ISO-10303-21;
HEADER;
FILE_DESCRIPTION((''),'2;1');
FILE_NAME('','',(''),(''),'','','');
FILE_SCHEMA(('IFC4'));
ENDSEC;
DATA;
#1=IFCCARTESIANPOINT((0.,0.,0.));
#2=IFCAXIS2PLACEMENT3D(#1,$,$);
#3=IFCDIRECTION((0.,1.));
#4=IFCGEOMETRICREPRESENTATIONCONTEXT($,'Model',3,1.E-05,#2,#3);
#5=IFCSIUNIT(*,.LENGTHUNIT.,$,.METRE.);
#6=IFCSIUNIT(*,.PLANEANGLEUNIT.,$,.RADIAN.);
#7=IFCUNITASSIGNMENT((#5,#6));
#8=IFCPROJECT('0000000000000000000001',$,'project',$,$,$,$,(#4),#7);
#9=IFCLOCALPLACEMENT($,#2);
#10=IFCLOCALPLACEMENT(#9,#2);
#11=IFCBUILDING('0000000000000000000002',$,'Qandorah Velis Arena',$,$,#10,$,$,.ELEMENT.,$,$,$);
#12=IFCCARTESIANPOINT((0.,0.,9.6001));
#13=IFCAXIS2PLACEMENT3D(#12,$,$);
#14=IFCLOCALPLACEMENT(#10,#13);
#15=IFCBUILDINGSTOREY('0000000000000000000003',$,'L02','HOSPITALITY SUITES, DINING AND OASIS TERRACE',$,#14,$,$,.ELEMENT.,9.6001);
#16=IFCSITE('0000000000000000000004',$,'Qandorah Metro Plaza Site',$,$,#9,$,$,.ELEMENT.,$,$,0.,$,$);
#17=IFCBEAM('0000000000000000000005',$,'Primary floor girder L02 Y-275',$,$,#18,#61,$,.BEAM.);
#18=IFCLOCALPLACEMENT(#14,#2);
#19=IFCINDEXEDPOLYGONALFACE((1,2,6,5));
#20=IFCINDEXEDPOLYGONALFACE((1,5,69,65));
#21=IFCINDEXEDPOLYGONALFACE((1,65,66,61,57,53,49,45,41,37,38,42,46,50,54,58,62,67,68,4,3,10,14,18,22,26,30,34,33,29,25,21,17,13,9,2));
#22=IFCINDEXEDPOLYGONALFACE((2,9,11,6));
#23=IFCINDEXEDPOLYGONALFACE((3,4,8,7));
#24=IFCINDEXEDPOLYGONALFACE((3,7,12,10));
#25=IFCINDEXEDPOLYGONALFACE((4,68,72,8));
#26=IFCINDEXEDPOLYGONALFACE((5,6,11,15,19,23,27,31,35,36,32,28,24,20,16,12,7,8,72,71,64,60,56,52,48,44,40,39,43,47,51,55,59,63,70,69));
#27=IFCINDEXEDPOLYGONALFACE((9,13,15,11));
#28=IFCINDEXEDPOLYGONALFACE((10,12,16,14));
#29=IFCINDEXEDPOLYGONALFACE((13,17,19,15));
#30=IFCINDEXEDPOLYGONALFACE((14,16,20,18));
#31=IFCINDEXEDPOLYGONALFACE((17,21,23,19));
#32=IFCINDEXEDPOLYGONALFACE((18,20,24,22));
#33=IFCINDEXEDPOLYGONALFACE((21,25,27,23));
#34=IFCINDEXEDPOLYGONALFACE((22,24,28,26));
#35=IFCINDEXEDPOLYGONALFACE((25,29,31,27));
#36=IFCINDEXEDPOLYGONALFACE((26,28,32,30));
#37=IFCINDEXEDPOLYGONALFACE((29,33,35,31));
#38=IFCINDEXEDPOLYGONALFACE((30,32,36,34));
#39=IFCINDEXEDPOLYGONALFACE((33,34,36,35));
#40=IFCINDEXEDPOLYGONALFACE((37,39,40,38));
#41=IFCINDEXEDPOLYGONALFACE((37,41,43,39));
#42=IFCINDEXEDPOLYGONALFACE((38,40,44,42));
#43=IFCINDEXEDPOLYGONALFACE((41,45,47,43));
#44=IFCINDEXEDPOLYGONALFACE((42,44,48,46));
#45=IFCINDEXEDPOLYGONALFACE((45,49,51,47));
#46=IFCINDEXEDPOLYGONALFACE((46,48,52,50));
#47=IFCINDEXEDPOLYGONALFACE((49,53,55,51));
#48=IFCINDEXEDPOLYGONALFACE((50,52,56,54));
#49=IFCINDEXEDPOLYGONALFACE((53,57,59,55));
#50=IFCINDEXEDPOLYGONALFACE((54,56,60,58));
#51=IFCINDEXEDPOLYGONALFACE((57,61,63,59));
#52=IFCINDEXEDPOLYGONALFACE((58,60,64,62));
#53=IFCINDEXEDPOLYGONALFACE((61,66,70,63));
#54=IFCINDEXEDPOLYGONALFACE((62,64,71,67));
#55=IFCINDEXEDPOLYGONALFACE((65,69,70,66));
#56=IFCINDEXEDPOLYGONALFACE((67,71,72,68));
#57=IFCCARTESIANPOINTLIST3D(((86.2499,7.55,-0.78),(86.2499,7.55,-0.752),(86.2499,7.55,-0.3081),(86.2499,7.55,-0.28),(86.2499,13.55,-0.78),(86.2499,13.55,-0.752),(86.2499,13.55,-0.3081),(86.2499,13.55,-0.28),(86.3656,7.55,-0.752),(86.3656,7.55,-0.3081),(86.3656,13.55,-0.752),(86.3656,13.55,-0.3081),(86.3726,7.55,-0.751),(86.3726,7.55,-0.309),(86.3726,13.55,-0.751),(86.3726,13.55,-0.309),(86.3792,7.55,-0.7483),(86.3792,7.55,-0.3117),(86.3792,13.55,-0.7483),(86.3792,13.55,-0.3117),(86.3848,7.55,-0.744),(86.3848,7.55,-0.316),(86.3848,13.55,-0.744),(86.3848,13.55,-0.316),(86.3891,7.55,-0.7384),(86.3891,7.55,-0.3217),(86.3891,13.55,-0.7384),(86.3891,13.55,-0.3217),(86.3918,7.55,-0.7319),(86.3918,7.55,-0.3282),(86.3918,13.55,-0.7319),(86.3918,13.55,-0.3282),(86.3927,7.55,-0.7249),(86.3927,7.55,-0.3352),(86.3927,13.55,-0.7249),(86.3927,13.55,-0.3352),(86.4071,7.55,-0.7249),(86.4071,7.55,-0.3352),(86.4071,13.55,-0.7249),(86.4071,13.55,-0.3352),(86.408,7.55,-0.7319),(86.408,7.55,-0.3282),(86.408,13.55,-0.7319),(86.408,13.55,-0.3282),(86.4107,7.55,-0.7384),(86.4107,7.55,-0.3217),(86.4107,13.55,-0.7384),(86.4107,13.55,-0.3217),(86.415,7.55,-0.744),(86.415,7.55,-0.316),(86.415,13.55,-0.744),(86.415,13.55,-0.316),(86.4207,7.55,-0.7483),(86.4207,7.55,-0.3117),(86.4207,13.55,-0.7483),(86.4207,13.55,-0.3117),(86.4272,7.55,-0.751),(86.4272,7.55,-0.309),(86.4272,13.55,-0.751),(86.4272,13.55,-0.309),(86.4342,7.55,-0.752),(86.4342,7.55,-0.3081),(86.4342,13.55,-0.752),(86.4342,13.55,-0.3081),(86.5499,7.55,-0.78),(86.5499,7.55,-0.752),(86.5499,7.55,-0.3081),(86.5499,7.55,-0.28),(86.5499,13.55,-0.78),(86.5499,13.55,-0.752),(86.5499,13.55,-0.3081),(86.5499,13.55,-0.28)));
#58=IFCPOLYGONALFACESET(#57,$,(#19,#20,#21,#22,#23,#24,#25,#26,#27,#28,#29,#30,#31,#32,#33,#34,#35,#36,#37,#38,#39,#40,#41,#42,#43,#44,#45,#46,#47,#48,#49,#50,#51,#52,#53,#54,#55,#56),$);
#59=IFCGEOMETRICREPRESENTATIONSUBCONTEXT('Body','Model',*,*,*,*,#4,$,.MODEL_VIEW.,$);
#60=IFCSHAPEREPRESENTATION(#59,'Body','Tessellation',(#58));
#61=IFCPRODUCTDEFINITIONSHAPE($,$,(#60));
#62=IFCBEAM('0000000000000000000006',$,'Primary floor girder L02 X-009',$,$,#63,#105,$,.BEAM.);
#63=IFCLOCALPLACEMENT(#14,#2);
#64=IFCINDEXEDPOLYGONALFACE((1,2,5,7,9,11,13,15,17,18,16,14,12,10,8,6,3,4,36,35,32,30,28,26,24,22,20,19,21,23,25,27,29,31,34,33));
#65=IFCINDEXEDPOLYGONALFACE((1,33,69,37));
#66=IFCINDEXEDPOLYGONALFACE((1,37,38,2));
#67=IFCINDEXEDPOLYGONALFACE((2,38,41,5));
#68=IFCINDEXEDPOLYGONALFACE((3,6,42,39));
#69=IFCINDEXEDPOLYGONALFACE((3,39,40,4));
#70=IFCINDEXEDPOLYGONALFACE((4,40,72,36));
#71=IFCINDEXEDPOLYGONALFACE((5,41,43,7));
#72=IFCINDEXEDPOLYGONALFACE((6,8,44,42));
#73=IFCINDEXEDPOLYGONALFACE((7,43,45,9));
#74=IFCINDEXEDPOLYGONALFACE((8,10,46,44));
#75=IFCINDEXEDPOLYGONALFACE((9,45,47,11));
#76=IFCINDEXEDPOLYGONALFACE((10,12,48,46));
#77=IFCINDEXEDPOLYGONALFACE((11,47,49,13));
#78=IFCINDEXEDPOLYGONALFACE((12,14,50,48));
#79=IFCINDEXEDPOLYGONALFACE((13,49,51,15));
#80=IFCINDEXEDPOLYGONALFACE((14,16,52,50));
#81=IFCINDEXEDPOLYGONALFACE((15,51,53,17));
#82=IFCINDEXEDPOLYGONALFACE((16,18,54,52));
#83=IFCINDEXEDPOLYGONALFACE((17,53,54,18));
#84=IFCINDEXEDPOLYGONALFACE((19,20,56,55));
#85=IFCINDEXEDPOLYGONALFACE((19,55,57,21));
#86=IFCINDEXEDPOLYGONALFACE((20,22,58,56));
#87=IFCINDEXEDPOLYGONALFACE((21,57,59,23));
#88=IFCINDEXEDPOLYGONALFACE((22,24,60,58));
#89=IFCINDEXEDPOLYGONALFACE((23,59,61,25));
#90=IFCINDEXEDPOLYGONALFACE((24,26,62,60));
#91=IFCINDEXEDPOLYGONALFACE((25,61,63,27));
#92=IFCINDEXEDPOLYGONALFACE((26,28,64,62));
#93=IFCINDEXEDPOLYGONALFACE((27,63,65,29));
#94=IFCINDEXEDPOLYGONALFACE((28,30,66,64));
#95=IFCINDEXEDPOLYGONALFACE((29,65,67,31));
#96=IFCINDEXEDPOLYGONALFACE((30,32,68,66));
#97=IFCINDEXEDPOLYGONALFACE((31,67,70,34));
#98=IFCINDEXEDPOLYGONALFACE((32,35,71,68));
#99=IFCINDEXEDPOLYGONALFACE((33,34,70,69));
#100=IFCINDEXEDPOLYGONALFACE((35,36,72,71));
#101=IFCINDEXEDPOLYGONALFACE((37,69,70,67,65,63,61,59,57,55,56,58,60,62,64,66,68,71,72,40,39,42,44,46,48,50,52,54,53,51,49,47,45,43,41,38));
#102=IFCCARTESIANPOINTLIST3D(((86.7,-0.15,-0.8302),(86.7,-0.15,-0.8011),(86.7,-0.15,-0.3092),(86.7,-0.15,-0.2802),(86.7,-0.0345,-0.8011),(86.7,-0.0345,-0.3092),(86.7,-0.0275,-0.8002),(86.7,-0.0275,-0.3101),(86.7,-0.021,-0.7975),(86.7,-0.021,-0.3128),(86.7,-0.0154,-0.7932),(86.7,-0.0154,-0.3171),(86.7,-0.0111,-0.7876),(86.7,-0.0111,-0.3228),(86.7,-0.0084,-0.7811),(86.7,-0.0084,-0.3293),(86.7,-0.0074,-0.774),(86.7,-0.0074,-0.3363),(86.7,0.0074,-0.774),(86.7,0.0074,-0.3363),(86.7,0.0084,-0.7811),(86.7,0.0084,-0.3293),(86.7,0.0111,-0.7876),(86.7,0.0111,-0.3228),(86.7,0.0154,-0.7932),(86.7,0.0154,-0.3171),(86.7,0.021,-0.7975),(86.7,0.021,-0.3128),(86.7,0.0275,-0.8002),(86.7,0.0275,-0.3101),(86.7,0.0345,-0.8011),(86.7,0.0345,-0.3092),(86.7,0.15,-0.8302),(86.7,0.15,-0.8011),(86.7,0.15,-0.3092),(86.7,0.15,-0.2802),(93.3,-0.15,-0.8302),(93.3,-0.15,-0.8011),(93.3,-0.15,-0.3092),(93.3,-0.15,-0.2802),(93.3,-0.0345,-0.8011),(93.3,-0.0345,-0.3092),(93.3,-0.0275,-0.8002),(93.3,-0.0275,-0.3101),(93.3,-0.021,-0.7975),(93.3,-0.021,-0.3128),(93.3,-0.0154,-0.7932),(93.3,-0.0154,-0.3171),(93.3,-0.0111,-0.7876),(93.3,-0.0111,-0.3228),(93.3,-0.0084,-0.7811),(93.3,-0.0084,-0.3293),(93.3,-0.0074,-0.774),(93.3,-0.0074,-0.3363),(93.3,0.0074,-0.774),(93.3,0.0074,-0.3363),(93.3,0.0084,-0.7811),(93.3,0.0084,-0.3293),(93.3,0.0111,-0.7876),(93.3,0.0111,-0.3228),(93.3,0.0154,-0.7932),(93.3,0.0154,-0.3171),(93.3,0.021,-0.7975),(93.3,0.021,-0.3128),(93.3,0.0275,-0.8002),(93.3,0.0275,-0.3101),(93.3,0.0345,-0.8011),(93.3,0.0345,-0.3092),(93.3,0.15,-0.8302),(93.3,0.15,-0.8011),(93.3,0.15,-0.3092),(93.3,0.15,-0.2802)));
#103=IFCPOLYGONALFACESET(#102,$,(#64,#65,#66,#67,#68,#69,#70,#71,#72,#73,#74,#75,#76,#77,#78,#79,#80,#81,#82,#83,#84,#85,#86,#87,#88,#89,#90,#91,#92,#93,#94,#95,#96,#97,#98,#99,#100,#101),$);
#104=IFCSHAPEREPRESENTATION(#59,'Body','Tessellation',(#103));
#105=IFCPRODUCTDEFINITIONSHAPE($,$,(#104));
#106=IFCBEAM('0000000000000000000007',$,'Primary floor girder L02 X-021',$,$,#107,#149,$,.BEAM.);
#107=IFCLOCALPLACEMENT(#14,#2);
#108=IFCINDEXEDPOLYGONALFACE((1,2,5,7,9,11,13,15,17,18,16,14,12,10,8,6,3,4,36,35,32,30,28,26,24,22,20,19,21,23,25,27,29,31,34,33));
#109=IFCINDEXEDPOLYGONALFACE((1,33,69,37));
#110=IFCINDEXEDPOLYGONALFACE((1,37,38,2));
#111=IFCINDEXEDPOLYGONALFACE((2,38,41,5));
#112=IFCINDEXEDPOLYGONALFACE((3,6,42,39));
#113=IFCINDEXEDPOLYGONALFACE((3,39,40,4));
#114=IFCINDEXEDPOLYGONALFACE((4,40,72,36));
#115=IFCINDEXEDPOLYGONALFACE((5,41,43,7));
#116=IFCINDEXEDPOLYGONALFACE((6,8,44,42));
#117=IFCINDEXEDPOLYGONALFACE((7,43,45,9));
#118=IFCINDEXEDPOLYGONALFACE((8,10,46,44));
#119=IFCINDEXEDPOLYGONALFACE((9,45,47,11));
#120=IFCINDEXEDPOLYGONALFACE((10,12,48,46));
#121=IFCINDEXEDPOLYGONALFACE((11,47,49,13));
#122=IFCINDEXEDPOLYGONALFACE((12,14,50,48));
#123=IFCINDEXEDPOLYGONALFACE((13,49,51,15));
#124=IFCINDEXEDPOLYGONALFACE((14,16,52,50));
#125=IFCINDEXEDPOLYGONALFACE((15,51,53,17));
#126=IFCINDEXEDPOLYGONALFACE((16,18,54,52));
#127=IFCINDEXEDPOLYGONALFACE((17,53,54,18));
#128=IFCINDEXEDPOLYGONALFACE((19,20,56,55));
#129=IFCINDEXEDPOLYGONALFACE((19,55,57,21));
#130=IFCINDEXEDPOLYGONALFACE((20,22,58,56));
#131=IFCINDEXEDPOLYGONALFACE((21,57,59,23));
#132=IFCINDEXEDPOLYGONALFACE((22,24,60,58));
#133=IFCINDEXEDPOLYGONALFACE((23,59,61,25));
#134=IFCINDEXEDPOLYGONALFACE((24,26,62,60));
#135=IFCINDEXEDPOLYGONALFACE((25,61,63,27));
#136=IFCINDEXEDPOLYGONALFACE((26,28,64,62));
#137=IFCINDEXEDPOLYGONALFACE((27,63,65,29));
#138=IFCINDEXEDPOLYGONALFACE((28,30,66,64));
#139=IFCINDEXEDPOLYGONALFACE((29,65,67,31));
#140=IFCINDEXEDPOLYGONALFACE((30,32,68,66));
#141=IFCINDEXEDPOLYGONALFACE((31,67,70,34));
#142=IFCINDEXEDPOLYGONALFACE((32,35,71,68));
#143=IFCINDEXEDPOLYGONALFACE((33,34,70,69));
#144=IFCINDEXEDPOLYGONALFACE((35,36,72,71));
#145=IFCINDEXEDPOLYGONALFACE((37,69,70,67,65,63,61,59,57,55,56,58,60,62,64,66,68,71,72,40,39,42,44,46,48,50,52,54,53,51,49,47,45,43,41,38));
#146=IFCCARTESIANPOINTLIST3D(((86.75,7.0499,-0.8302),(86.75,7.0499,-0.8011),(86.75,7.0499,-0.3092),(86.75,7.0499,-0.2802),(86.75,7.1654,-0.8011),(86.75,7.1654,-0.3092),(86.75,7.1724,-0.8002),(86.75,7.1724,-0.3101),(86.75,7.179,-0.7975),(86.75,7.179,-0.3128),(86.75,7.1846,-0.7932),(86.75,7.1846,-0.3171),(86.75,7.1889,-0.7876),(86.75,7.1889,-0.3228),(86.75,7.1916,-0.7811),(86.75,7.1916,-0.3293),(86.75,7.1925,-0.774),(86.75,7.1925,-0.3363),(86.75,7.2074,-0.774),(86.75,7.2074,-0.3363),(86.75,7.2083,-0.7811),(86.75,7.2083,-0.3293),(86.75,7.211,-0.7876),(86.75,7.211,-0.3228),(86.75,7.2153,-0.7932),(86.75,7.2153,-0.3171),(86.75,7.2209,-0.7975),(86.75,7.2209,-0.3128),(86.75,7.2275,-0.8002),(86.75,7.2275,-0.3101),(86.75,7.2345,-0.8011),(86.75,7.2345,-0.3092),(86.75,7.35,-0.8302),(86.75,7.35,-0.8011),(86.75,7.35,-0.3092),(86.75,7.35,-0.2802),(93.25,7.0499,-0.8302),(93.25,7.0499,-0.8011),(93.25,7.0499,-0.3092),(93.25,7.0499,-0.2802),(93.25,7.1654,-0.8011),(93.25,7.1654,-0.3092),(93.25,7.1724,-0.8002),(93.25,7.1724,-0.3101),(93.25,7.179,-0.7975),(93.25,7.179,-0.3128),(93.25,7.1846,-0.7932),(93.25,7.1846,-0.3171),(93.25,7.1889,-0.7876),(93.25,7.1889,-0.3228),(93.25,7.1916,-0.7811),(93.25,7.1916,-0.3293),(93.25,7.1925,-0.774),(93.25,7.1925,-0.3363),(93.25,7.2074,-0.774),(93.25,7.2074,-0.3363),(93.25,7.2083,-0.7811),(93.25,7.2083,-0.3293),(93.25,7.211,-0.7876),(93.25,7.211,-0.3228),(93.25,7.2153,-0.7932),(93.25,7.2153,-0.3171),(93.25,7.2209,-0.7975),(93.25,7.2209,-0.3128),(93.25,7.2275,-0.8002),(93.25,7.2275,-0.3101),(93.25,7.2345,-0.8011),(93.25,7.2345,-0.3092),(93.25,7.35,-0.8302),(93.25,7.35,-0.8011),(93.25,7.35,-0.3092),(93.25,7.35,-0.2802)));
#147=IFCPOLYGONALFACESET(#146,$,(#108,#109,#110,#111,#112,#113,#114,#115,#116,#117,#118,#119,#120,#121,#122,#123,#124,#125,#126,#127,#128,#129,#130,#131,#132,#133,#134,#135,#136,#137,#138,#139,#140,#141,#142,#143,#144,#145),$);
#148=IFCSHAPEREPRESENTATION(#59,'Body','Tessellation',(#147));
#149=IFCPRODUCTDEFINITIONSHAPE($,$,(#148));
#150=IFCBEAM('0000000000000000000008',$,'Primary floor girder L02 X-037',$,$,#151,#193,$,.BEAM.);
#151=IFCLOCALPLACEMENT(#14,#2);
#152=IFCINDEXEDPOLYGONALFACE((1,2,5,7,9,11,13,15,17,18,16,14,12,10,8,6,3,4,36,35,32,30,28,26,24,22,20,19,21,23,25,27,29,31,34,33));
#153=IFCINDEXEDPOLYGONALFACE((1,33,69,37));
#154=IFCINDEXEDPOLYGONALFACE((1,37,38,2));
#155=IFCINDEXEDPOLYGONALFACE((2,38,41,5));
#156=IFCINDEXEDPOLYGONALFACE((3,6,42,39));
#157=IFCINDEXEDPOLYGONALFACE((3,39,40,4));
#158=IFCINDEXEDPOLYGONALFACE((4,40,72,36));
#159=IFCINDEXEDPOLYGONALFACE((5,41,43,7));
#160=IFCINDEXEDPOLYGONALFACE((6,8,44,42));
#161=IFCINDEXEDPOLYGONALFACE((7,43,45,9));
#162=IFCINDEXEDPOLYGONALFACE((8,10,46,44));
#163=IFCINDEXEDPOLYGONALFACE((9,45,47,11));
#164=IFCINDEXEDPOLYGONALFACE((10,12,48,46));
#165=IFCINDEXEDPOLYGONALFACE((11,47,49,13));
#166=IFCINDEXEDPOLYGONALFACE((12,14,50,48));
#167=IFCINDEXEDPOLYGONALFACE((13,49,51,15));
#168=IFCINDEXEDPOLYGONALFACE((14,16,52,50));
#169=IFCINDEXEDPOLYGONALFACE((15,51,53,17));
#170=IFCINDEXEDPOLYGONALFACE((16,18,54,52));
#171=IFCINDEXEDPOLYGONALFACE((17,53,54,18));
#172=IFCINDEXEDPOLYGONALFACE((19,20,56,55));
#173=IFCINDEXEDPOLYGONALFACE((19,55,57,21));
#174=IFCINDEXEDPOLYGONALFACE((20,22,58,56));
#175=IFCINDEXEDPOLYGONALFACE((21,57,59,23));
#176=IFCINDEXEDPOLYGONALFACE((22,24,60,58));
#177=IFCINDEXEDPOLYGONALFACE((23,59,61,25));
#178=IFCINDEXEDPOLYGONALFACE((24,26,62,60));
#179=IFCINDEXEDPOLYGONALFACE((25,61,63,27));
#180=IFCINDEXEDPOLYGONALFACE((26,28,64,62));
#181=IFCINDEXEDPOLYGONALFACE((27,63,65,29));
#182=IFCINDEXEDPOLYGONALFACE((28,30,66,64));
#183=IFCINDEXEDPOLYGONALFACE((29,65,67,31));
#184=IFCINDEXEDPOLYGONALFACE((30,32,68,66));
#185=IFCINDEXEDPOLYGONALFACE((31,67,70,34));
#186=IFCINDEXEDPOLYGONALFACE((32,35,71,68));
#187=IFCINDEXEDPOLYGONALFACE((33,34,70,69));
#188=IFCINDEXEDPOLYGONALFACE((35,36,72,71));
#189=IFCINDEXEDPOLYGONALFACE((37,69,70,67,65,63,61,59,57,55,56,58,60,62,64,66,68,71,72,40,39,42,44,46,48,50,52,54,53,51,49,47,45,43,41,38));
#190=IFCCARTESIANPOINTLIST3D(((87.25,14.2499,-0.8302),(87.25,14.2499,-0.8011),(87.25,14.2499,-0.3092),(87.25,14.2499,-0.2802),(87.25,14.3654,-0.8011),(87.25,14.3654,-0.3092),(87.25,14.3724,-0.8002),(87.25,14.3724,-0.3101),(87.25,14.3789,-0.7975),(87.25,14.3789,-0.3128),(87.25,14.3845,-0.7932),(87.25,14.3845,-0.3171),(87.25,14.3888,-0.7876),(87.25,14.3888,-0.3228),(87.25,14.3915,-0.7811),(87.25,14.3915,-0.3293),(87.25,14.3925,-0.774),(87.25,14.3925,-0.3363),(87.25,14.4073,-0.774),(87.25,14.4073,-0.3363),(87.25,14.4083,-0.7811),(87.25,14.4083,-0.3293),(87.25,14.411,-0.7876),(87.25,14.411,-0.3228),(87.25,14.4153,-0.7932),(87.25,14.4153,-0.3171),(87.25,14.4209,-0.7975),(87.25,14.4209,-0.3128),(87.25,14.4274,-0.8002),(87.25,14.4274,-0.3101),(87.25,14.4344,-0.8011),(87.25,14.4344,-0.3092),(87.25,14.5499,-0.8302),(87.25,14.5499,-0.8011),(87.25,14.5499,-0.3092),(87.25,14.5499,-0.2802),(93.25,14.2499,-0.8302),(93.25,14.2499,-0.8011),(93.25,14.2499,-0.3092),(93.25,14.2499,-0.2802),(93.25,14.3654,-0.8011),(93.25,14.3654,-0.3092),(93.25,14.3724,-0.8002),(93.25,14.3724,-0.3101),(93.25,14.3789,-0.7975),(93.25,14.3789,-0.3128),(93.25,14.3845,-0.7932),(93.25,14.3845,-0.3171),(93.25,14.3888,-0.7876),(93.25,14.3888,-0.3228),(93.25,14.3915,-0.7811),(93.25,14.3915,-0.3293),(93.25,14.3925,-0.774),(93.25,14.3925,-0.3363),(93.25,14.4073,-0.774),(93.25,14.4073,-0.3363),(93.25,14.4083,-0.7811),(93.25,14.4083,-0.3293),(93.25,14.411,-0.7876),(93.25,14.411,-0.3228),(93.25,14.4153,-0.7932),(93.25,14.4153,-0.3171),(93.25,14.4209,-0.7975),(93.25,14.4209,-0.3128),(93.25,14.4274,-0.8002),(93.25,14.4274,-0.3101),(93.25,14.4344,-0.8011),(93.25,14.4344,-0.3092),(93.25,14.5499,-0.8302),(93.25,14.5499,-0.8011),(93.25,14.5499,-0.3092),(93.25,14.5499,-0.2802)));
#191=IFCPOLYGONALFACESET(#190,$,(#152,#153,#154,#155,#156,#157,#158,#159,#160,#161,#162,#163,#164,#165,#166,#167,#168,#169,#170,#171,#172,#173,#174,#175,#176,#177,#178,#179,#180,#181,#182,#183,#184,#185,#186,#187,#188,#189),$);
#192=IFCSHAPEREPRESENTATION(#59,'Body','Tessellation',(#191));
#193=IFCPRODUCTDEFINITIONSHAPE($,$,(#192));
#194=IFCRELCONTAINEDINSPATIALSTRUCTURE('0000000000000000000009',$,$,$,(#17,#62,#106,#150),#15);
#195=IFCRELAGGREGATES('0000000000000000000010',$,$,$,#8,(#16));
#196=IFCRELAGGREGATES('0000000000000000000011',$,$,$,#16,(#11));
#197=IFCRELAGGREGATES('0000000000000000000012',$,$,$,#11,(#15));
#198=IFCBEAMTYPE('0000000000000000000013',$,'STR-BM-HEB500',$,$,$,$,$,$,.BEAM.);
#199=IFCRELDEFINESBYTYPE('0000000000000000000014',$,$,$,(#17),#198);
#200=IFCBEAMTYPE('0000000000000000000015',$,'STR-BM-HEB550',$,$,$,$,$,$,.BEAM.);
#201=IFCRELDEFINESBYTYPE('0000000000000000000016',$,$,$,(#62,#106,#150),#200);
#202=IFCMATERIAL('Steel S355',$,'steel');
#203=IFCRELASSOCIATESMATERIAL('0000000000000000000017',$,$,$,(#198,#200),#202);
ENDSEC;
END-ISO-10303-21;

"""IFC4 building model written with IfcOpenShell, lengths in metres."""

from ifc_helpers import new_model, si_unit, direction, frame, origin, origin_2d, place, context, subcontext, project, spatial, i_section, extrude, material, material_profile, profile_set, type_object, element, save


model = new_model("IFC4")

# Units and contexts
model_context = context("Model", 3, precision=1e-05, world=origin(), true_north=direction((0.0, 1.0)))
body_context = subcontext(model_context, "Body", "Model", "MODEL_VIEW")
ifc_project = project(units=[si_unit("LENGTHUNIT", "METRE"), si_unit("PLANEANGLEUNIT", "RADIAN")], contexts=[model_context])

# Site, building, storey
site_placement = place(None, origin())
site = spatial("IfcSite", under=ifc_project, at=site_placement, Name="Qandorah Metro Plaza Site", CompositionType="ELEMENT", RefElevation=0.0)
building_placement = place(site_placement, origin())
building = spatial("IfcBuilding", under=site, at=building_placement, Name="Qandorah Velis Arena", CompositionType="ELEMENT")
storey_placement = place(building_placement, frame((0.0, 0.0, 9.6001)))
storey = spatial("IfcBuildingStorey", under=building, at=storey_placement, Name="L02", Description="HOSPITALITY SUITES, DINING AND OASIS TERRACE", CompositionType="ELEMENT", Elevation=9.6001)

# Shared definitions
ifc_material_1 = material(Name="Steel S355", Category="steel")

# Beams
ifc_material_profile_1 = material_profile(ifc_material_1, i_section(OverallWidth=0.3, OverallDepth=0.5, WebThickness=0.0144, FlangeThickness=0.0281, FilletRadius=0.0271, at=origin_2d()), Name="HEB 500")
ifc_profile_set_1 = profile_set([ifc_material_profile_1], Name="Steel S355")
beam_type_1 = type_object("IfcBeamType", Name="STR-BM-HEB500", PredefinedType="BEAM", material=ifc_profile_set_1)
beam_1_placement = place(storey_placement, frame((86.3999, 7.55, -0.53), z_axis=(0.0, 1.0, 0.0), x_axis=(-1.0, 0.0, 0.0)))
element("IfcBeam", 1, at=beam_1_placement, inside=storey, type_object=beam_type_1, Name="Primary floor girder L02 Y-275", PredefinedType="BEAM", context=body_context, shape_type="SweptSolid", body=[
    extrude(i_section(OverallWidth=0.3, OverallDepth=0.5, WebThickness=0.0144, FlangeThickness=0.0281, FilletRadius=0.0271, at=origin_2d()), origin(), (0.0, 0.0, 1.0), 6.0),
])
ifc_material_profile_2 = material_profile(ifc_material_1, i_section(OverallWidth=0.3, OverallDepth=0.55, WebThickness=0.0149, FlangeThickness=0.0291, FilletRadius=0.0271, at=origin_2d()), Name="HEB 550")
ifc_profile_set_2 = profile_set([ifc_material_profile_2], Name="Steel S355")
beam_type_2 = type_object("IfcBeamType", Name="STR-BM-HEB550", PredefinedType="BEAM", material=ifc_profile_set_2)
beam_2_placement = place(storey_placement, frame((86.7, 0.0, -0.5552), z_axis=(1.0, 0.0, 0.0), x_axis=(0.0, 1.0, 0.0)))
element("IfcBeam", 2, at=beam_2_placement, inside=storey, type_object=beam_type_2, Name="Primary floor girder L02 X-009", PredefinedType="BEAM", context=body_context, shape_type="SweptSolid", body=[
    extrude(i_section(OverallWidth=0.3, OverallDepth=0.55, WebThickness=0.0149, FlangeThickness=0.0291, FilletRadius=0.0271, at=origin_2d()), origin(), (0.0, 0.0, 1.0), 6.6001),
])
beam_3_placement = place(storey_placement, frame((86.75, 7.2, -0.5552), z_axis=(1.0, 0.0, 0.0), x_axis=(0.0, 1.0, 0.0)))
element("IfcBeam", 3, at=beam_3_placement, inside=storey, type_object=beam_type_2, Name="Primary floor girder L02 X-021", PredefinedType="BEAM", context=body_context, shape_type="SweptSolid", body=[
    extrude(i_section(OverallWidth=0.3, OverallDepth=0.55, WebThickness=0.0149, FlangeThickness=0.0291, FilletRadius=0.0271, at=origin_2d()), origin(), (0.0, 0.0, 1.0), 6.5),
])
beam_4_placement = place(storey_placement, frame((87.25, 14.3999, -0.5552), z_axis=(1.0, 0.0, 0.0), x_axis=(0.0, 1.0, 0.0)))
element("IfcBeam", 4, at=beam_4_placement, inside=storey, type_object=beam_type_2, Name="Primary floor girder L02 X-037", PredefinedType="BEAM", context=body_context, shape_type="SweptSolid", body=[
    extrude(i_section(OverallWidth=0.3, OverallDepth=0.55, WebThickness=0.0149, FlangeThickness=0.0291, FilletRadius=0.0271, at=origin_2d()), origin(), (0.0, 0.0, 1.0), 6.0),
])

save(model, "model.ifc")
